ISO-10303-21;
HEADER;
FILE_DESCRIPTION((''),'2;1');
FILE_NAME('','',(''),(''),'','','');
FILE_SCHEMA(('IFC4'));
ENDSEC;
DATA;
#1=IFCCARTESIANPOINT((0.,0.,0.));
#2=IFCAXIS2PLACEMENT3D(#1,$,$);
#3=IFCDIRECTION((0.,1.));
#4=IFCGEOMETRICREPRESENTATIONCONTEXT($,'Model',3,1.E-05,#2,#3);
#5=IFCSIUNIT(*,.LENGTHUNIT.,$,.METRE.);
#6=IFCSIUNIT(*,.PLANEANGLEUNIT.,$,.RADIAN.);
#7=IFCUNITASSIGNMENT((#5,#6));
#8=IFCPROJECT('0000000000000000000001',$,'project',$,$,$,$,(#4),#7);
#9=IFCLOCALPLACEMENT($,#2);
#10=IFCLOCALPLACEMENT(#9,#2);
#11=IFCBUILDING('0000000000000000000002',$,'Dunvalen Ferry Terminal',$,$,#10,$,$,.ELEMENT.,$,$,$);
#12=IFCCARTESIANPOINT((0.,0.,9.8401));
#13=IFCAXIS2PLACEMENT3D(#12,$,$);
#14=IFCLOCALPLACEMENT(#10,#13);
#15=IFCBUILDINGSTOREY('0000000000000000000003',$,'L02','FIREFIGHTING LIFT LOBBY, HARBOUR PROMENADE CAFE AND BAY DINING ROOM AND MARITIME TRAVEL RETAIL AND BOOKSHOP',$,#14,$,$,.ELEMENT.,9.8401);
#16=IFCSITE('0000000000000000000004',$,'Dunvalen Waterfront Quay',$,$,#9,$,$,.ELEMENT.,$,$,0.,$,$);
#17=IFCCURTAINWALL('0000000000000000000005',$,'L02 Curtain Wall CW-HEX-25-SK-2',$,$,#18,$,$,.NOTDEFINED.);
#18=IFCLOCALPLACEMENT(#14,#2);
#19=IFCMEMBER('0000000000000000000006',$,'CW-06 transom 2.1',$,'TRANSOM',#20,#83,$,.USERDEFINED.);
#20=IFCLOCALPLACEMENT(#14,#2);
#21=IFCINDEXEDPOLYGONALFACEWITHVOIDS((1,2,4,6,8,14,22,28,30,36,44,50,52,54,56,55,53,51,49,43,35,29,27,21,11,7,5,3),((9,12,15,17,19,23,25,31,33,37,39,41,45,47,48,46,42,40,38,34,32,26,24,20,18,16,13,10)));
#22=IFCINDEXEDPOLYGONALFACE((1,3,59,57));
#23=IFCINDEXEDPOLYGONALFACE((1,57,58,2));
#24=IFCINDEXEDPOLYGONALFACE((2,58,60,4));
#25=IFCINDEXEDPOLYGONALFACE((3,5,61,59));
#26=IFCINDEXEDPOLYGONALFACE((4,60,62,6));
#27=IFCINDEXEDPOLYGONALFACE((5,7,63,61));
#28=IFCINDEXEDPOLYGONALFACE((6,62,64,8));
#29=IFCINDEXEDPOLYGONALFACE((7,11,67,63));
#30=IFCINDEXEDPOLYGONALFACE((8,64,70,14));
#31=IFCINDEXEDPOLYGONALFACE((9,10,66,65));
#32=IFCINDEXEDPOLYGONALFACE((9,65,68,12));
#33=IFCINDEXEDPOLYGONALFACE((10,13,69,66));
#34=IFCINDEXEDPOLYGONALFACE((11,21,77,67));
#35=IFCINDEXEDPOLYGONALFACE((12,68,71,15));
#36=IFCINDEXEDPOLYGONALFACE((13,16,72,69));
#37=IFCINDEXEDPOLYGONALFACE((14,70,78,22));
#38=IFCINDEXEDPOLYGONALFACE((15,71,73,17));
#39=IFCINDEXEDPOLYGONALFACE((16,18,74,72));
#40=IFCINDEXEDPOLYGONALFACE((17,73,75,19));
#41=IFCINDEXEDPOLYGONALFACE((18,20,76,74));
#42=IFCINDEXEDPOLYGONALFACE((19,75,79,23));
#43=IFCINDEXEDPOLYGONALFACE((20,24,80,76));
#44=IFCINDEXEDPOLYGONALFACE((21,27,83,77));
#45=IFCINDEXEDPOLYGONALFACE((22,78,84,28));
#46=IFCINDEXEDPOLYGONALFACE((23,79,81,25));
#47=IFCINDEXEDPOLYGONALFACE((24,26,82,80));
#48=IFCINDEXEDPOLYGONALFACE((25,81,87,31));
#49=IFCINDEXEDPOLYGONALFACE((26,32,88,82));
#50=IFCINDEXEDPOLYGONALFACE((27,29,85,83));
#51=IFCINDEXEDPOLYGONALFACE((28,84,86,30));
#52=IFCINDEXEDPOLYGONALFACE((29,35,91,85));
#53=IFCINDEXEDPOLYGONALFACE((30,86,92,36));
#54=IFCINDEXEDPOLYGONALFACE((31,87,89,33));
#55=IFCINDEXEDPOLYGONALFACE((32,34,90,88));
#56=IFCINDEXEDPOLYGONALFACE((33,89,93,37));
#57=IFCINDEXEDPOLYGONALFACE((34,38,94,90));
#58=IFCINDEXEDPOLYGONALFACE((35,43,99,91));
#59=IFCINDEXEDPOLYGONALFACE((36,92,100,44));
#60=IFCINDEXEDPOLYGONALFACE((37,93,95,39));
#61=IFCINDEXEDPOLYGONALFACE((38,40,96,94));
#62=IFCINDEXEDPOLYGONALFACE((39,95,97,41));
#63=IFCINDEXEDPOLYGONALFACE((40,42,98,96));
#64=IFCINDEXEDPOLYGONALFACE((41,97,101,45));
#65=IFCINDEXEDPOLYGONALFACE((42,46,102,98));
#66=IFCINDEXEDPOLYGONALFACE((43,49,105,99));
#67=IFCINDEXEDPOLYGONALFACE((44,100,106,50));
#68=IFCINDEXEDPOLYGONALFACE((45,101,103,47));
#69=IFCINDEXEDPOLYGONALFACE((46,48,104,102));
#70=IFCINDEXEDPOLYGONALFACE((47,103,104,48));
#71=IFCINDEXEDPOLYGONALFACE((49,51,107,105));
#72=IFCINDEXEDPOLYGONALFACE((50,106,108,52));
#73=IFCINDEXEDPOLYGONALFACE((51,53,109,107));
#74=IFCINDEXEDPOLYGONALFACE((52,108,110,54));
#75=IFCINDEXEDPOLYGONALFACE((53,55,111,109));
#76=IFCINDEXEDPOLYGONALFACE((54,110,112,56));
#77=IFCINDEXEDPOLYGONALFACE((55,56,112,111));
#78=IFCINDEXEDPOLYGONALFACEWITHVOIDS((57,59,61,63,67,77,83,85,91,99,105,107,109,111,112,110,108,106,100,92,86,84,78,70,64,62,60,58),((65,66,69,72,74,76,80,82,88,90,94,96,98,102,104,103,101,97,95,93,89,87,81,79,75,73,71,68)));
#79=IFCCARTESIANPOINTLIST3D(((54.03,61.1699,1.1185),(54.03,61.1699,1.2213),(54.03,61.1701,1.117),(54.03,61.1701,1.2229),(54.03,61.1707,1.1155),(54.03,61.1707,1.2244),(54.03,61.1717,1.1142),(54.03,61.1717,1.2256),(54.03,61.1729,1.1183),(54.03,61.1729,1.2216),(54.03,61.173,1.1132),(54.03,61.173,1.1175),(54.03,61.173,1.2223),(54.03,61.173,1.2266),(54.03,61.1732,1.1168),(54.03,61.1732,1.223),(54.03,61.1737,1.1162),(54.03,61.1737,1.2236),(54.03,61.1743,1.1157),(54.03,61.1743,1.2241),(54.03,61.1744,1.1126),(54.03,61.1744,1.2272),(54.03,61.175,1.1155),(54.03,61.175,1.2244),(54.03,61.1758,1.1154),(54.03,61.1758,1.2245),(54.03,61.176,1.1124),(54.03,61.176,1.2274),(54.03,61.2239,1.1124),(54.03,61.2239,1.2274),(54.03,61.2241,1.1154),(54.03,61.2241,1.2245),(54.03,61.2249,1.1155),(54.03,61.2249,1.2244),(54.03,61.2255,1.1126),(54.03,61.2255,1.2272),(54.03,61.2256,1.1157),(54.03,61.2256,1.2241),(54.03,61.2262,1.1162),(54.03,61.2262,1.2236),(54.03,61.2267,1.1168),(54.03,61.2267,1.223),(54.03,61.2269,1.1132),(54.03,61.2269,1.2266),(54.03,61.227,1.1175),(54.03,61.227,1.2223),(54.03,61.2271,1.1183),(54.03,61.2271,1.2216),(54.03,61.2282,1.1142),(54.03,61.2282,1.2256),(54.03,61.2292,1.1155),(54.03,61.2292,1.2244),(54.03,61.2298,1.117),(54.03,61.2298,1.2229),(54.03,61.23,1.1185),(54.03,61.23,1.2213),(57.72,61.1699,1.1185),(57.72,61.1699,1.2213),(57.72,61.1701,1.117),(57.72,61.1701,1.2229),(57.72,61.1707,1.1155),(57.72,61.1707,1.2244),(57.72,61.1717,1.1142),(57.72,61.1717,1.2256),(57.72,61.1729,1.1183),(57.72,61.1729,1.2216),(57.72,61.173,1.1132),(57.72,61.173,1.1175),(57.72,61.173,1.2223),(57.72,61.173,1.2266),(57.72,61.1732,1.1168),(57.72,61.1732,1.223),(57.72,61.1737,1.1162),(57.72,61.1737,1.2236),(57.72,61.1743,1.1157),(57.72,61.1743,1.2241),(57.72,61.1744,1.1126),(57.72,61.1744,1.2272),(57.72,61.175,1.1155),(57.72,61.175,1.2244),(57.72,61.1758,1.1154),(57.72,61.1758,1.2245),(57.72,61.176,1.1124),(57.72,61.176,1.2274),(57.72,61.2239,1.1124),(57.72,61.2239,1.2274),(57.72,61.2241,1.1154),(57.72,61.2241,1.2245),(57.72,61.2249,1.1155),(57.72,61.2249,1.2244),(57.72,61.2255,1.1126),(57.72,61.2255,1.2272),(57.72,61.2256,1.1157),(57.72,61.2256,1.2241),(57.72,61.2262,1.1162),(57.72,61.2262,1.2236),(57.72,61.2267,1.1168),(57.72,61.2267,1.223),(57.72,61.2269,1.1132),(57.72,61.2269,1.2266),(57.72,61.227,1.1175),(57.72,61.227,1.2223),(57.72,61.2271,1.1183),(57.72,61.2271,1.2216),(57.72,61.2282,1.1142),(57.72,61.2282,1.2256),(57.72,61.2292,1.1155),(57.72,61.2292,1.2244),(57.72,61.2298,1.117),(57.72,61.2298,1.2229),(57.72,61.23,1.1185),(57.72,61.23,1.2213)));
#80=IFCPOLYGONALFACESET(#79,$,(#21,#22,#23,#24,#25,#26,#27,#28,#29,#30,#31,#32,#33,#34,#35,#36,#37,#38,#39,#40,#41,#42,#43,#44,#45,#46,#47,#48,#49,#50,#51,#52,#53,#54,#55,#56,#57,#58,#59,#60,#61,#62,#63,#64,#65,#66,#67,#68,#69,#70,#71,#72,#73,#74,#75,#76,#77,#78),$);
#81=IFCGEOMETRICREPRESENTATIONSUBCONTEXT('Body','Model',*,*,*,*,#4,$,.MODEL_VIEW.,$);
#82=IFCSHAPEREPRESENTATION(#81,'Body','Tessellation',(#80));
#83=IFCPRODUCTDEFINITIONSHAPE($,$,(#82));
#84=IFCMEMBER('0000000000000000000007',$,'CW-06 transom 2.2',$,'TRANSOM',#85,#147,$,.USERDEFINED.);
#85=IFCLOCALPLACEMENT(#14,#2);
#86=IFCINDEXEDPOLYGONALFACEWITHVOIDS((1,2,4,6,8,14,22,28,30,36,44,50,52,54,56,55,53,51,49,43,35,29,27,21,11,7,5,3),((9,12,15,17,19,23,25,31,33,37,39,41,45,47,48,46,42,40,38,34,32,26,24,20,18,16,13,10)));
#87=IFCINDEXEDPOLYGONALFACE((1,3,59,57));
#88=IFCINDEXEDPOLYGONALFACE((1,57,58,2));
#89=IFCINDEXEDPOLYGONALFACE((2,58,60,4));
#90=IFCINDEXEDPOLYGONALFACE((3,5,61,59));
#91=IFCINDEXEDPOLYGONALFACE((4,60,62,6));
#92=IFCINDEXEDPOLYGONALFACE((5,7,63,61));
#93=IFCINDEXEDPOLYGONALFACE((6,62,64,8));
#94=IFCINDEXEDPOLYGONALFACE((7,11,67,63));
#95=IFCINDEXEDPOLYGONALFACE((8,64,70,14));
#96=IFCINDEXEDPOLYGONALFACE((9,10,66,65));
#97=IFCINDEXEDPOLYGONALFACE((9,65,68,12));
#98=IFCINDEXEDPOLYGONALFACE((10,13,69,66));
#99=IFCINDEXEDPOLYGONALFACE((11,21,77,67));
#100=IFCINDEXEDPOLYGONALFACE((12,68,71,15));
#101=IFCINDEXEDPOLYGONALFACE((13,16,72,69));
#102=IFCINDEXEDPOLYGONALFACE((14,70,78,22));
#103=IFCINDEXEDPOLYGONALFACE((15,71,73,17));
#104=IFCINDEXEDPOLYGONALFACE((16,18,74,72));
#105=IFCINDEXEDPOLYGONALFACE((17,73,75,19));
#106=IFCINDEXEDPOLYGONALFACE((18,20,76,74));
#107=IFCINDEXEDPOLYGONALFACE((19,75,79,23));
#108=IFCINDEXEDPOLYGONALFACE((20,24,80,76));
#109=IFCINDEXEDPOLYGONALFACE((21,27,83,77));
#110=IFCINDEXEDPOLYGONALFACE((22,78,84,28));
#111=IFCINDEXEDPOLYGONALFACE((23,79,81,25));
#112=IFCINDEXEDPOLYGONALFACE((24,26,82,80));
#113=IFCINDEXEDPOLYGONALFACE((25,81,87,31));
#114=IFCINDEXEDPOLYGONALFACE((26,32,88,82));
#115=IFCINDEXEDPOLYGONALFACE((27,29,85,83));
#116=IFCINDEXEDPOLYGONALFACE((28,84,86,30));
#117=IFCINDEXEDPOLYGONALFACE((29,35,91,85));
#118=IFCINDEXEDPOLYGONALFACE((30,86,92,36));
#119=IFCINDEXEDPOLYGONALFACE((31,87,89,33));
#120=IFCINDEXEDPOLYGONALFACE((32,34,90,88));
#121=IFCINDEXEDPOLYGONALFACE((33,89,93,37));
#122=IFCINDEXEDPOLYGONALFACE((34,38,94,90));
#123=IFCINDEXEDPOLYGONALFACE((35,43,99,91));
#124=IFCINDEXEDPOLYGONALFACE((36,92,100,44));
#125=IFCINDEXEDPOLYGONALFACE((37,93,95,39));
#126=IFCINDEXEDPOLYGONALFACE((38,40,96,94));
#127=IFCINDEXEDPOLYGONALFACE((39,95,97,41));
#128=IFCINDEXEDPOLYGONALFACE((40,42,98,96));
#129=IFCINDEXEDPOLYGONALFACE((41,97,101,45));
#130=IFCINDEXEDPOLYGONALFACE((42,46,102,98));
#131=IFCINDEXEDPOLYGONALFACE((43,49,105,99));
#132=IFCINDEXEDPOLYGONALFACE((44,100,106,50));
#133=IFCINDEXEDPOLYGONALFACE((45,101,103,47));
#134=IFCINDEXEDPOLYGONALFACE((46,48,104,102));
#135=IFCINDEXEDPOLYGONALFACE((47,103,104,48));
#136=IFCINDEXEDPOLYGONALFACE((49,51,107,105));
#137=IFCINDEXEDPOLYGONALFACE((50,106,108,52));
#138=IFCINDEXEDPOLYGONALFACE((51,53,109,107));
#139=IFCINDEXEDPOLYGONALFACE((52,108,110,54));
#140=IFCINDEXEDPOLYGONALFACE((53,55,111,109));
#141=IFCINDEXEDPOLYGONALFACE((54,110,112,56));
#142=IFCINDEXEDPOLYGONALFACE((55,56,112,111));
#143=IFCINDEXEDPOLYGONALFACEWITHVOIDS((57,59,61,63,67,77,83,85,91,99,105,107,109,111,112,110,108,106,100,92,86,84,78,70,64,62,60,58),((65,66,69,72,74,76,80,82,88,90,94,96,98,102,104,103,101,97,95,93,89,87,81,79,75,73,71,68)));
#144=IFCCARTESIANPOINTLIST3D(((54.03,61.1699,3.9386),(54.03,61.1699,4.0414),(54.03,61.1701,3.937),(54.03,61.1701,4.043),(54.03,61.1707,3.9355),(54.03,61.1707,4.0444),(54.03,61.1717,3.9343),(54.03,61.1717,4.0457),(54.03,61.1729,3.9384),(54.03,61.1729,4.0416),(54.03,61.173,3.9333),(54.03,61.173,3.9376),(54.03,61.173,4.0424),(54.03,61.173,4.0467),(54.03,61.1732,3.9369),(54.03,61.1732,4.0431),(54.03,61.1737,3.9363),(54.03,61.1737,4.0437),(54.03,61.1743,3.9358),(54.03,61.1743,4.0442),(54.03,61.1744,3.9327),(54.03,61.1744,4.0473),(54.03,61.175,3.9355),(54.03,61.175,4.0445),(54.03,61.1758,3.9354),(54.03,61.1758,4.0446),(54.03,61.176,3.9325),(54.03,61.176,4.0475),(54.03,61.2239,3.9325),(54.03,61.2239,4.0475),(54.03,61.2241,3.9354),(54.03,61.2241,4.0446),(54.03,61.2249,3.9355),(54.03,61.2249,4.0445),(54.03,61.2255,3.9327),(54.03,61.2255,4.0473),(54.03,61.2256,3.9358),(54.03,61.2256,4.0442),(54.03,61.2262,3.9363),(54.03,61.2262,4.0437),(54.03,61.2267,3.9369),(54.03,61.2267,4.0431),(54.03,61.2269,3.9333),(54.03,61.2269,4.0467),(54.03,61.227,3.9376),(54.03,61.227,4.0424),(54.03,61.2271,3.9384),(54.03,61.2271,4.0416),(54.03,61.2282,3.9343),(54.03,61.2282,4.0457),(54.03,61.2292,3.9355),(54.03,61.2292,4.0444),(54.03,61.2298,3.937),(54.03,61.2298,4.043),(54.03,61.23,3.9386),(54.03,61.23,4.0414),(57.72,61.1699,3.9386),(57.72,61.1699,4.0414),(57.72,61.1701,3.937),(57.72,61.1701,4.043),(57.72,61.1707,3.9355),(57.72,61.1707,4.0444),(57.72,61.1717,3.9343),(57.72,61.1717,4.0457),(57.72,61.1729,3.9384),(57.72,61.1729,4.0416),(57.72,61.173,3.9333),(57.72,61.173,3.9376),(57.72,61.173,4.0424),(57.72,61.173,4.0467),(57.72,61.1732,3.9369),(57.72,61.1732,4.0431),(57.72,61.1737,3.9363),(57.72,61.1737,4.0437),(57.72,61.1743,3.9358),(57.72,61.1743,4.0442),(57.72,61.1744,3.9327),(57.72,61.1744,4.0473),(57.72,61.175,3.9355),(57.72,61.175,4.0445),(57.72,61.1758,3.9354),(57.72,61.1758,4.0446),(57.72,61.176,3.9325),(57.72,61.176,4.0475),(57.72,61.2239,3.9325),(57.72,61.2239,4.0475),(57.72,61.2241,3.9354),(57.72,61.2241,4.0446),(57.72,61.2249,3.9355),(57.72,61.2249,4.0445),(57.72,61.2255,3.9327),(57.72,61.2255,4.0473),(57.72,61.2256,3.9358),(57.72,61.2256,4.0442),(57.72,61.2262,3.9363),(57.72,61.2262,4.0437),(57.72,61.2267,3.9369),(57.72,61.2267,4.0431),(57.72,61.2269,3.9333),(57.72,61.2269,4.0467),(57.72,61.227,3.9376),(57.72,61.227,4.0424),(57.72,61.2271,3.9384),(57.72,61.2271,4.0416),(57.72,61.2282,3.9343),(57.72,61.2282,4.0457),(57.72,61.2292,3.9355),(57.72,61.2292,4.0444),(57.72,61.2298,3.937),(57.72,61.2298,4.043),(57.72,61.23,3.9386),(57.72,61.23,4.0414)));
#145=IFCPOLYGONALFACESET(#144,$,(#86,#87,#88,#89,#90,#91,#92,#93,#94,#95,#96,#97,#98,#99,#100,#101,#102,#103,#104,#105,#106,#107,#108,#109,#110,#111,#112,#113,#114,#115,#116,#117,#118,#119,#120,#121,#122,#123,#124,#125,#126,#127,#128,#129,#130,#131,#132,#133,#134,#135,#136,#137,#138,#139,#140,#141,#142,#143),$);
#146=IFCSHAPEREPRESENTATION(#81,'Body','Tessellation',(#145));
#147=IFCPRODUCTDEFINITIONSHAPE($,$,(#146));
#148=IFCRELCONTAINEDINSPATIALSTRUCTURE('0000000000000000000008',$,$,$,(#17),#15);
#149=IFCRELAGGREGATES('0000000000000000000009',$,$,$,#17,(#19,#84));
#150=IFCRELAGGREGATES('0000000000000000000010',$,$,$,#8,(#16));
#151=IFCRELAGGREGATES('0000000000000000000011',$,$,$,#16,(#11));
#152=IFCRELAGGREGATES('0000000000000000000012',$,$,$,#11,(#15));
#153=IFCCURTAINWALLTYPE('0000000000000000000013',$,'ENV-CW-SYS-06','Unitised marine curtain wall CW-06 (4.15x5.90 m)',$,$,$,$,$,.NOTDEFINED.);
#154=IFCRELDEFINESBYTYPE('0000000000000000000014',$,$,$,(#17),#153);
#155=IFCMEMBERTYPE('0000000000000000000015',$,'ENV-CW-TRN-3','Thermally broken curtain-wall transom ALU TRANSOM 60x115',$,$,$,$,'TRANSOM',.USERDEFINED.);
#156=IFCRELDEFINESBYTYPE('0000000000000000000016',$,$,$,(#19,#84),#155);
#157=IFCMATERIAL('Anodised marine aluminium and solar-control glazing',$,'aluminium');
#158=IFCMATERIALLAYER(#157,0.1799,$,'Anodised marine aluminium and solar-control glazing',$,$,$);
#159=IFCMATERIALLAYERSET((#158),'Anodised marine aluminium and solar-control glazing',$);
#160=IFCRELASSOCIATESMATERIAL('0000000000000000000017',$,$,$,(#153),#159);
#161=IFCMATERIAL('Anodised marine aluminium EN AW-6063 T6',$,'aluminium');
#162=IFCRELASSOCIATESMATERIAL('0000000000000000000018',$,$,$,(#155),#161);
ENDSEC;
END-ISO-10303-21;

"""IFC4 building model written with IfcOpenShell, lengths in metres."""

from ifc_helpers import new_model, si_unit, direction, frame, origin, origin_2d, place, context, subcontext, project, spatial, hollow_rectangle, extrude, material, layer, layer_set, material_profile, profile_set, type_object, element, aggregate, save


model = new_model("IFC4")

# Units and contexts
model_context = context("Model", 3, precision=1e-05, world=origin(), true_north=direction((0.0, 1.0)))
body_context = subcontext(model_context, "Body", "Model", "MODEL_VIEW")
ifc_project = project(units=[si_unit("LENGTHUNIT", "METRE"), si_unit("PLANEANGLEUNIT", "RADIAN")], contexts=[model_context])

# Site, building, storey
site_placement = place(None, origin())
site = spatial("IfcSite", under=ifc_project, at=site_placement, Name="Dunvalen Waterfront Quay", CompositionType="ELEMENT", RefElevation=0.0)
building_placement = place(site_placement, origin())
building = spatial("IfcBuilding", under=site, at=building_placement, Name="Dunvalen Ferry Terminal", CompositionType="ELEMENT")
storey_placement = place(building_placement, frame((0.0, 0.0, 9.8401)))
storey = spatial("IfcBuildingStorey", under=building, at=storey_placement, Name="L02", Description="FIREFIGHTING LIFT LOBBY, HARBOUR PROMENADE CAFE AND BAY DINING ROOM AND MARITIME TRAVEL RETAIL AND BOOKSHOP", CompositionType="ELEMENT", Elevation=9.8401)

# Shared definitions
ifc_material_1 = material(Name="Anodised marine aluminium and solar-control glazing", Category="aluminium")
ifc_material_2 = material(Name="Anodised marine aluminium EN AW-6063 T6", Category="aluminium")

# Curtain wall, members
ifc_layer_1 = layer(ifc_material_1, 0.1799, Name="Anodised marine aluminium and solar-control glazing")
ifc_layer_set_1 = layer_set([ifc_layer_1], Name="Anodised marine aluminium and solar-control glazing")
curtain_wall_type_1 = type_object("IfcCurtainWallType", Name="ENV-CW-SYS-06", Description="Unitised marine curtain wall CW-06 (4.15x5.90 m)", PredefinedType="NOTDEFINED", material=ifc_layer_set_1)
curtain_wall_1_placement = place(storey_placement, origin())
curtain_wall_1 = element("IfcCurtainWall", 1, at=curtain_wall_1_placement, inside=storey, type_object=curtain_wall_type_1, Name="L02 Curtain Wall CW-HEX-25-SK-2", PredefinedType="NOTDEFINED")
ifc_material_profile_1 = material_profile(ifc_material_2, hollow_rectangle(XDim=0.0601, YDim=0.115, WallThickness=0.0029, InnerFilletRadius=0.0029, OuterFilletRadius=0.0061, at=origin_2d()), Name="Anodised marine aluminium EN AW-6063 T6")
ifc_profile_set_1 = profile_set([ifc_material_profile_1], Name="Anodised marine aluminium EN AW-6063 T6")
member_type_1 = type_object("IfcMemberType", Name="ENV-CW-TRN-3", Description="Thermally broken curtain-wall transom ALU TRANSOM 60x115", ElementType="TRANSOM", PredefinedType="USERDEFINED", material=ifc_profile_set_1)
member_1_placement = place(storey_placement, frame((54.03, 61.2, 1.1699), z_axis=(1.0, 0.0, 0.0), x_axis=(0.0, 1.0, 0.0)))
member_1 = element("IfcMember", 2, at=member_1_placement, type_object=member_type_1, Name="CW-06 transom 2.1", ObjectType="TRANSOM", PredefinedType="USERDEFINED", context=body_context, shape_type="SweptSolid", body=[
    extrude(hollow_rectangle(XDim=0.0601, YDim=0.115, WallThickness=0.0029, InnerFilletRadius=0.0029, OuterFilletRadius=0.0061, at=origin_2d()), origin(), (0.0, 0.0, 1.0), 3.6899),
])
member_2_placement = place(storey_placement, frame((54.03, 61.2, 3.99), z_axis=(1.0, 0.0, 0.0), x_axis=(0.0, 1.0, 0.0)))
member_2 = element("IfcMember", 3, at=member_2_placement, type_object=member_type_1, Name="CW-06 transom 2.2", ObjectType="TRANSOM", PredefinedType="USERDEFINED", context=body_context, shape_type="SweptSolid", body=[
    extrude(hollow_rectangle(XDim=0.0601, YDim=0.115, WallThickness=0.0029, InnerFilletRadius=0.0029, OuterFilletRadius=0.0061, at=origin_2d()), origin(), (0.0, 0.0, 1.0), 3.6899),
])

aggregate(curtain_wall_1, [member_1, member_2])

save(model, "model.ifc")
